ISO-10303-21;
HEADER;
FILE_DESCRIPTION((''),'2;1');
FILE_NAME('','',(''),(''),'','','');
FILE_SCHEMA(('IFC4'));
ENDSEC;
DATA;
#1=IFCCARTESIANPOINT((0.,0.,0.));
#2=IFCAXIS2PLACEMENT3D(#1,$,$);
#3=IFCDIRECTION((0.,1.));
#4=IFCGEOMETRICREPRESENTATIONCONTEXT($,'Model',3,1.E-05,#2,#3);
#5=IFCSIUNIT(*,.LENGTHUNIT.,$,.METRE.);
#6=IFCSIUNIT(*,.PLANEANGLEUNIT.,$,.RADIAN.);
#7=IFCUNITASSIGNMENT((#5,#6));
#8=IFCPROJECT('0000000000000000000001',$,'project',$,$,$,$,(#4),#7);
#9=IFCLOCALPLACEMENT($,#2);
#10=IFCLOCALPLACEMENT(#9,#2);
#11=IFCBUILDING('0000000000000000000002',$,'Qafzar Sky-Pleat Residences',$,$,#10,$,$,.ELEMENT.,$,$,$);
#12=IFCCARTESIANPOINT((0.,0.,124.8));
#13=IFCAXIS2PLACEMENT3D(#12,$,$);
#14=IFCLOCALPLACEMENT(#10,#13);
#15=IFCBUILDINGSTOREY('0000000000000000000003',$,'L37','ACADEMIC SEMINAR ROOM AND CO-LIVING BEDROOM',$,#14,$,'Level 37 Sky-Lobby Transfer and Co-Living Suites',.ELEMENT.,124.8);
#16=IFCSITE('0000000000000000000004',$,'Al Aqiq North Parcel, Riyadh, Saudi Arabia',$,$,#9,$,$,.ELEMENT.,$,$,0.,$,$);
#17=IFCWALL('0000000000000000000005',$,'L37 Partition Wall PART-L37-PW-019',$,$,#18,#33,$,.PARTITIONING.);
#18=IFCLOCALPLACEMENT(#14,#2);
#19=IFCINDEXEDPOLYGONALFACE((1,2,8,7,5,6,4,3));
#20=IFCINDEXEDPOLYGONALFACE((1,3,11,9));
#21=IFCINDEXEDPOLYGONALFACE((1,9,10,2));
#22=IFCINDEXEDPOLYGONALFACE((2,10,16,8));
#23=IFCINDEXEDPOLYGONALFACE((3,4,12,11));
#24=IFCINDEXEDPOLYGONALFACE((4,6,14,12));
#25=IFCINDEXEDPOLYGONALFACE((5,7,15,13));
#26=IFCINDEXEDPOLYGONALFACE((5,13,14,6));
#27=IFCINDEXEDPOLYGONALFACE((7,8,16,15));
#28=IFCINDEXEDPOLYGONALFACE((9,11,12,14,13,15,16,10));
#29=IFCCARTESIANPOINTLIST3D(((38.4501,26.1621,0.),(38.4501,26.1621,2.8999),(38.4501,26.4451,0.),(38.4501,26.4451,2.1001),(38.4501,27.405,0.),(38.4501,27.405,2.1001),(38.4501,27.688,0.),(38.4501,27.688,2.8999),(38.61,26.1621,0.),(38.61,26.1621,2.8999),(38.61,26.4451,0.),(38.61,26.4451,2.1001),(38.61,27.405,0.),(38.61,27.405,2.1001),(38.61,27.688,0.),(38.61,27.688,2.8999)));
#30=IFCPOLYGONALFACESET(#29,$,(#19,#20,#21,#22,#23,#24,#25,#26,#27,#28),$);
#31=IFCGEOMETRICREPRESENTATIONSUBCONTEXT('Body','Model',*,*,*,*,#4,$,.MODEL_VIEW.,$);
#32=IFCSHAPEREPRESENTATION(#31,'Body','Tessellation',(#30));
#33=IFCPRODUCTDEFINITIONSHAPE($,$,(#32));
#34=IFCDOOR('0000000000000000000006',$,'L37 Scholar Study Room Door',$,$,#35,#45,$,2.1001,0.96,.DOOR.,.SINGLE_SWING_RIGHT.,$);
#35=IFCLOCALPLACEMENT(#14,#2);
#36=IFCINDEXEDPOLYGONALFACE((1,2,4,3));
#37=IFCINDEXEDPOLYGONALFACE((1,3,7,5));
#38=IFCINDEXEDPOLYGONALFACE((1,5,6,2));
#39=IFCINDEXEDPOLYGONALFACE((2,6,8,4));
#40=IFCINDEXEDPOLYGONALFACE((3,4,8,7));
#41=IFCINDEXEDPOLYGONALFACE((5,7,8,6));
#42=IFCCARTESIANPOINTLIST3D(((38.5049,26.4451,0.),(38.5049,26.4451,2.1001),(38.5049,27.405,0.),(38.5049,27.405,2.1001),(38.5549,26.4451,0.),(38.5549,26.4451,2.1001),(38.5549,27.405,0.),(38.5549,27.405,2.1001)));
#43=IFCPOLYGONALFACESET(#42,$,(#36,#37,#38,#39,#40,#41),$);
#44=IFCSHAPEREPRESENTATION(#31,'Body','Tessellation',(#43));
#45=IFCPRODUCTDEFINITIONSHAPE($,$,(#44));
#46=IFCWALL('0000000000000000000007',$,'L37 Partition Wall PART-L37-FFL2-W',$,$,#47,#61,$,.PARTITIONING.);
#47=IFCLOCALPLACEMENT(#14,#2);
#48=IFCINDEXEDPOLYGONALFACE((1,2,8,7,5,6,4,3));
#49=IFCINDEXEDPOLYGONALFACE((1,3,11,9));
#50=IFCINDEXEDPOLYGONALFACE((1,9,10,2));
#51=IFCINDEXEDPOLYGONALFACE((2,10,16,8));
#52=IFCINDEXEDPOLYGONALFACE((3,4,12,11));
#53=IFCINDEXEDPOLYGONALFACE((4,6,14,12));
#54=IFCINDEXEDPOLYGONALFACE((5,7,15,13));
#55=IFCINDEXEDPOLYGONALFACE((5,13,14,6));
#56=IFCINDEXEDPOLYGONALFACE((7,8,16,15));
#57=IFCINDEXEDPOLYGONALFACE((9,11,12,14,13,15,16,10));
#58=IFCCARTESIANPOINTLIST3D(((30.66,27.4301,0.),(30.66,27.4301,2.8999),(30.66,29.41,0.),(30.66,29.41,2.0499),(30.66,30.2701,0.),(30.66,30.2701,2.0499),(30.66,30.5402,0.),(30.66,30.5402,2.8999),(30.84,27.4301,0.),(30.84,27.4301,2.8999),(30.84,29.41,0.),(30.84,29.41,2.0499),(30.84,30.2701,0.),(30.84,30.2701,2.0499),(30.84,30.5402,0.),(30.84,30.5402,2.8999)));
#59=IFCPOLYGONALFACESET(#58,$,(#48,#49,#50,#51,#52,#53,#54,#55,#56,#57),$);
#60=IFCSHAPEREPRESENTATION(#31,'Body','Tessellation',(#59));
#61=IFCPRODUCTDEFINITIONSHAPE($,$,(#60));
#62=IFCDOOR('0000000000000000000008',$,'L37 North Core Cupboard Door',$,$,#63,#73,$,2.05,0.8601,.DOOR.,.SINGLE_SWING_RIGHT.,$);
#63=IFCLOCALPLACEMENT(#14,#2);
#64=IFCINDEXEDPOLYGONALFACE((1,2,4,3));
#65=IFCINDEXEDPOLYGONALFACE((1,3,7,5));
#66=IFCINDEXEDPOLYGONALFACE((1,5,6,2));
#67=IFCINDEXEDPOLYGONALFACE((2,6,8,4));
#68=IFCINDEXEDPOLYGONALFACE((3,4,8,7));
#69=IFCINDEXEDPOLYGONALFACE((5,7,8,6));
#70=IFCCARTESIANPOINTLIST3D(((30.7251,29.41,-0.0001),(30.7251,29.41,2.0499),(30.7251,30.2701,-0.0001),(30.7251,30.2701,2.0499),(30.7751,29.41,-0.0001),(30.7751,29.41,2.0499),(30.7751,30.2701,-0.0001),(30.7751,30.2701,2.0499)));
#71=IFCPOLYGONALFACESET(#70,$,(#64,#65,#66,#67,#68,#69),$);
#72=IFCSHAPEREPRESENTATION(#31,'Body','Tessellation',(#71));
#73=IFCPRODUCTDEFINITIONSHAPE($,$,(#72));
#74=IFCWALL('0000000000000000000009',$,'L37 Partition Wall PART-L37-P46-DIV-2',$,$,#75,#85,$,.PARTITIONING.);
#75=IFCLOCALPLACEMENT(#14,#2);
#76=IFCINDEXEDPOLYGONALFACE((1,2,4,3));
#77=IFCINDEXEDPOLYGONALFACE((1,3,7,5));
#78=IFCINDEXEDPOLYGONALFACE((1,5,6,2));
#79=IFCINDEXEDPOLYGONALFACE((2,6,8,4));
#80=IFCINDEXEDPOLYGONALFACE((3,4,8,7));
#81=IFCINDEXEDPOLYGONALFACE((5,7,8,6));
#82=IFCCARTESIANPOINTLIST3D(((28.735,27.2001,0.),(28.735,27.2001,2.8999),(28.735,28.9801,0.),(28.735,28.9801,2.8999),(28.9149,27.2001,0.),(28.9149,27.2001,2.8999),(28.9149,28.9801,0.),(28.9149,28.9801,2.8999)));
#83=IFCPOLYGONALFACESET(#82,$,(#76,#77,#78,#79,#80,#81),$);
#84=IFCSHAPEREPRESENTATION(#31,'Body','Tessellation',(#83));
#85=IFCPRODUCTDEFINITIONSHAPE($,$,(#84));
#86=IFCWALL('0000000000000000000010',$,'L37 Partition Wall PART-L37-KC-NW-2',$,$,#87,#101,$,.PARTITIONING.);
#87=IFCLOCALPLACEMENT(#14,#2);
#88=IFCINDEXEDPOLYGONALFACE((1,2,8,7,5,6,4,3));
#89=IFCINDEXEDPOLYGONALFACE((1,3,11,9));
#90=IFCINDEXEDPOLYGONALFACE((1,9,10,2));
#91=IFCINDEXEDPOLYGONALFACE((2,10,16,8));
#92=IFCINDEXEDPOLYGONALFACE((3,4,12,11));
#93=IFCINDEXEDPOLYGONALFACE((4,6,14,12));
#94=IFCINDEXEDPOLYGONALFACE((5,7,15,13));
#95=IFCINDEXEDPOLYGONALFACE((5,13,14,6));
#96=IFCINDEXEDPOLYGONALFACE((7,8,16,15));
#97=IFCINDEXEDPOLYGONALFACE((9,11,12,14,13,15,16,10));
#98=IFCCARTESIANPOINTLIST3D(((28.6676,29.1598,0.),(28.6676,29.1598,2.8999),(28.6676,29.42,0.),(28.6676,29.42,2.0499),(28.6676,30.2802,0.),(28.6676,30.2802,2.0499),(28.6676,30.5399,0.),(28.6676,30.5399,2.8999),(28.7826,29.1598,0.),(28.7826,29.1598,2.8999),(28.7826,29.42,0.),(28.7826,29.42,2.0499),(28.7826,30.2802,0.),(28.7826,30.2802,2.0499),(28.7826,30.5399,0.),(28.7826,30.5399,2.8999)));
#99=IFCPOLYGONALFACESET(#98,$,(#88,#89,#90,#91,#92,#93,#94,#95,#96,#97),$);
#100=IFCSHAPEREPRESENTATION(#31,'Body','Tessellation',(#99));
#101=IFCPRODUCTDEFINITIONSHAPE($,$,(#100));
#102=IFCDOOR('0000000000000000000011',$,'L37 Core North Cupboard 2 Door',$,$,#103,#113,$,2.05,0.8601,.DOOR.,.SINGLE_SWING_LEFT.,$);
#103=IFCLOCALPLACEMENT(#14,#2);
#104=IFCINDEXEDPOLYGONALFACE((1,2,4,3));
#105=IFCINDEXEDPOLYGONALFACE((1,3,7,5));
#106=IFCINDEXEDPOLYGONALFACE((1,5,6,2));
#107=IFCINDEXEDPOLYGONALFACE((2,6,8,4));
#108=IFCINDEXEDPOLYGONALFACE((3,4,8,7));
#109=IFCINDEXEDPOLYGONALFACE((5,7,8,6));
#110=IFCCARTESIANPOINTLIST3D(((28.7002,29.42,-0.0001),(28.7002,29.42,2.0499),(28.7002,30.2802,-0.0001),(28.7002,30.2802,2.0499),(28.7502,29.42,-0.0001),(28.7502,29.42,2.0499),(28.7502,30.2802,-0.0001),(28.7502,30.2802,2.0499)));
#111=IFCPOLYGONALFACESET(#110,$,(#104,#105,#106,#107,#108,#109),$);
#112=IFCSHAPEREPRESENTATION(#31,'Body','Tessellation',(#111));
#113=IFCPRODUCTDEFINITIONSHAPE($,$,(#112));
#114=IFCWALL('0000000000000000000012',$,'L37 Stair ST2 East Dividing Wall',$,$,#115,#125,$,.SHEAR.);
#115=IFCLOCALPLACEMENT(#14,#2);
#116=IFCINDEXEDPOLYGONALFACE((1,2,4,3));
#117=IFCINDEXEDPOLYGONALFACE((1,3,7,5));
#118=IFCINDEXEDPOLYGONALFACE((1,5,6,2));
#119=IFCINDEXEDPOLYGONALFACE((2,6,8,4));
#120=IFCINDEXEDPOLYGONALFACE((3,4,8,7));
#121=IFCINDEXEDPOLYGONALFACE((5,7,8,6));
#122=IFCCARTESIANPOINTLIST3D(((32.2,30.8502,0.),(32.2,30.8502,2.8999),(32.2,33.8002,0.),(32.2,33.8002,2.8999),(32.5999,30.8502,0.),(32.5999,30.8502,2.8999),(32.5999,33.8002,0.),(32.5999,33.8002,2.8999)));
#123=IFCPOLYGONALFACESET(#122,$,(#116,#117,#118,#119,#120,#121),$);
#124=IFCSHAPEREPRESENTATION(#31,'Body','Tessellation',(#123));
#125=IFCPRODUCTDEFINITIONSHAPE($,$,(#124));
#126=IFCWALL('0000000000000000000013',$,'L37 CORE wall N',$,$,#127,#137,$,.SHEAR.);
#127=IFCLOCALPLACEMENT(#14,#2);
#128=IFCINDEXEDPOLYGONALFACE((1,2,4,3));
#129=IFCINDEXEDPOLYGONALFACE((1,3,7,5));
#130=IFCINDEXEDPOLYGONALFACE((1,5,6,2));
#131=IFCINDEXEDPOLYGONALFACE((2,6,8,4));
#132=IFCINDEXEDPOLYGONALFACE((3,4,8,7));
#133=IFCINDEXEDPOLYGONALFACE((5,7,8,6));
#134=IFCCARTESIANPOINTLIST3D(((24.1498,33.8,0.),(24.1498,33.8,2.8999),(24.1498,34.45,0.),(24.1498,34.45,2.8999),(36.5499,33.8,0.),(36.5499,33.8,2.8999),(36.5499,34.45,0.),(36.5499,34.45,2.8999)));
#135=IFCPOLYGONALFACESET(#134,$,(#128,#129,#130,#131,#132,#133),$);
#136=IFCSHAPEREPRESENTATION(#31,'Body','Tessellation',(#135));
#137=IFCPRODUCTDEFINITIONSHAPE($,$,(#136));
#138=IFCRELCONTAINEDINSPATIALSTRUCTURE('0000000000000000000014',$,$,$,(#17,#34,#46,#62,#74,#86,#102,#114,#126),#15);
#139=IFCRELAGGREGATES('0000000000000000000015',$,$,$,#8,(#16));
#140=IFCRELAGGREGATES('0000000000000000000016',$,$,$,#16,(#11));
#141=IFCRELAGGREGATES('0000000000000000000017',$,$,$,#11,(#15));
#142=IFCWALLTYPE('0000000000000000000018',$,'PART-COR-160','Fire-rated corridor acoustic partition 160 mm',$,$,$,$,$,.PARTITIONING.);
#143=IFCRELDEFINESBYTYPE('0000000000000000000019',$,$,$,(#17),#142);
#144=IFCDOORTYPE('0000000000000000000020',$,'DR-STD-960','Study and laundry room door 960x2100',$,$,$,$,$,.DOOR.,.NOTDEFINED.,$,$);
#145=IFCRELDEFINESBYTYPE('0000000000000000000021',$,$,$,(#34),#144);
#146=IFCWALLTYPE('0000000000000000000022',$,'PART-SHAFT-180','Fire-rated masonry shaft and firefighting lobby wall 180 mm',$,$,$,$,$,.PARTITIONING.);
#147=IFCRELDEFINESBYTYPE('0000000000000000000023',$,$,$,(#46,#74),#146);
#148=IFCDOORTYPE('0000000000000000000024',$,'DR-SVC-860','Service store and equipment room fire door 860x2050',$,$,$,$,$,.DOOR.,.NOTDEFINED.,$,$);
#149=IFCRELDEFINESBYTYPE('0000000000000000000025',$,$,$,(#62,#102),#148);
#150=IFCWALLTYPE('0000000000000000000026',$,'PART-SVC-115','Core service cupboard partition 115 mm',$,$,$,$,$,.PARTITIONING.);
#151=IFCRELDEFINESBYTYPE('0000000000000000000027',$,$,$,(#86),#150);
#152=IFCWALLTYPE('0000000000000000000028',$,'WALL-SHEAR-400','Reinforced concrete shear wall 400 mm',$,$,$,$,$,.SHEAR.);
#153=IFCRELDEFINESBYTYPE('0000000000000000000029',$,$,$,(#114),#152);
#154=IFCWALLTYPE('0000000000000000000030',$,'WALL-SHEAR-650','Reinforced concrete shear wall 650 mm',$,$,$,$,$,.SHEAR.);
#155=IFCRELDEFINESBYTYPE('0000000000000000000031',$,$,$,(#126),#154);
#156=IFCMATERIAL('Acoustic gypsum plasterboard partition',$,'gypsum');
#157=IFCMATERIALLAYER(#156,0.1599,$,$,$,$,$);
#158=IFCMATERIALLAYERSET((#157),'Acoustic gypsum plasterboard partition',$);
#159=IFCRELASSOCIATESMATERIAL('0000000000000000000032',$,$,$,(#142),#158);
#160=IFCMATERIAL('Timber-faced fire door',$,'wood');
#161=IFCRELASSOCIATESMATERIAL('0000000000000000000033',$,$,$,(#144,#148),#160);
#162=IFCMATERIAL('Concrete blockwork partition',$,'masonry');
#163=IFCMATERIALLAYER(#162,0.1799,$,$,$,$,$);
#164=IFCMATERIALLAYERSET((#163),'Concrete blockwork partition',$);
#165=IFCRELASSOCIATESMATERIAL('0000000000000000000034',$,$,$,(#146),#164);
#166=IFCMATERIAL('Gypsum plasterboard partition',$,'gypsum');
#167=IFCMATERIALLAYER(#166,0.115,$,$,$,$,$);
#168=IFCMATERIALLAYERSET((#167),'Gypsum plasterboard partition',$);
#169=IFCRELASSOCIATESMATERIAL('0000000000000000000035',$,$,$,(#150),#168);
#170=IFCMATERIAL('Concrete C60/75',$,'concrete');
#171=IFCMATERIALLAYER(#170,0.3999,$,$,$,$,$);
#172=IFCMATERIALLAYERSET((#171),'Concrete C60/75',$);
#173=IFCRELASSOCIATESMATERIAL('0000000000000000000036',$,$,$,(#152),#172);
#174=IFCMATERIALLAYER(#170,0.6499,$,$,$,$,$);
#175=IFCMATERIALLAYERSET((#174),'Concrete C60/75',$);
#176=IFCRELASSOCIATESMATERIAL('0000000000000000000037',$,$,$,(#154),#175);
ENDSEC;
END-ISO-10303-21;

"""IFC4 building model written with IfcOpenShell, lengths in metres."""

from ifc_helpers import new_model, si_unit, direction, frame, frame_2d, origin, place, context, subcontext, project, spatial, rectangle, extrude, source, transform, mapped, material, layer, layer_set, type_object, element, fill, save


model = new_model("IFC4")

# Units and contexts
model_context = context("Model", 3, precision=1e-05, world=origin(), true_north=direction((0.0, 1.0)))
body_context = subcontext(model_context, "Body", "Model", "MODEL_VIEW")
ifc_project = project(units=[si_unit("LENGTHUNIT", "METRE"), si_unit("PLANEANGLEUNIT", "RADIAN")], contexts=[model_context])

# Site, building, storey
site_placement = place(None, origin())
site = spatial("IfcSite", under=ifc_project, at=site_placement, Name="Al Aqiq North Parcel, Riyadh, Saudi Arabia", CompositionType="ELEMENT", RefElevation=0.0)
building_placement = place(site_placement, origin())
building = spatial("IfcBuilding", under=site, at=building_placement, Name="Qafzar Sky-Pleat Residences", CompositionType="ELEMENT")
storey_placement = place(building_placement, frame((0.0, 0.0, 124.8)))
storey = spatial("IfcBuildingStorey", under=building, at=storey_placement, Name="L37", Description="ACADEMIC SEMINAR ROOM AND CO-LIVING BEDROOM", LongName="Level 37 Sky-Lobby Transfer and Co-Living Suites", CompositionType="ELEMENT", Elevation=124.8)

# Walls, openings, doors
ifc_material_1 = material(Name="Acoustic gypsum plasterboard partition", Category="gypsum")
ifc_layer_1 = layer(ifc_material_1, 0.1599)
ifc_layer_set_1 = layer_set([ifc_layer_1], Name="Acoustic gypsum plasterboard partition")
wall_type_1 = type_object("IfcWallType", Name="PART-COR-160", Description="Fire-rated corridor acoustic partition 160 mm", PredefinedType="PARTITIONING", material=ifc_layer_set_1)
ifc_material_2 = material(Name="Timber-faced fire door", Category="wood")
door_type_1 = type_object("IfcDoorType", Name="DR-STD-960", Description="Study and laundry room door 960x2100", OperationType="NOTDEFINED", PredefinedType="DOOR", material=ifc_material_2)
shared_shape_1 = source(origin(), body_context, "Body", "SweptSolid", [
    extrude(rectangle(XDim=0.96, YDim=2.1001, at=frame_2d((0.48, 1.05))), frame((0.0, 0.0249, 0.0), z_axis=(0.0, -1.0, 0.0), x_axis=(1.0, 0.0, 0.0)), (0.0, 0.0, 1.0), 0.05),
])
wall_1_placement = place(storey_placement, frame((38.53, 27.688, 0.0), z_axis=(0.0, 0.0, 1.0), x_axis=(0.0, -1.0, 0.0)))
wall_1 = element("IfcWall", 1, at=wall_1_placement, inside=storey, type_object=wall_type_1, Name="L37 Partition Wall PART-L37-PW-019", PredefinedType="PARTITIONING", context=body_context, shape_type="SweptSolid", body=[
    extrude(rectangle(XDim=1.5259, YDim=0.1599, at=frame_2d((0.7629, 0.0))), origin(), (0.0, 0.0, 1.0), 2.8999),
])
opening_1_placement = place(wall_1_placement, frame((0.283, 0.0, 0.0)))
opening_1 = element("IfcOpeningElement", 2, at=opening_1_placement, cuts=wall_1, PredefinedType="OPENING", context=body_context, shape_type="SweptSolid", body=[
    extrude(rectangle(XDim=0.96, YDim=2.1001, at=frame_2d((0.48, 1.05))), frame((0.0, 0.0898, 0.0), z_axis=(0.0, -1.0, 0.0), x_axis=(1.0, 0.0, 0.0)), (0.0, 0.0, 1.0), 0.1799),
])
door_1_placement = place(opening_1_placement, origin())
door_1 = element("IfcDoor", 3, at=door_1_placement, inside=storey, type_object=door_type_1, Name="L37 Scholar Study Room Door", OperationType="SINGLE_SWING_RIGHT", OverallHeight=2.1001, OverallWidth=0.96, PredefinedType="DOOR", context=body_context, shape_type="MappedRepresentation", body=[
    mapped(shared_shape_1, transform((0.0, 0.0, 0.0), x_axis=(1.0, 0.0, 0.0), y_axis=(0.0, 1.0, 0.0), z_axis=(0.0, 0.0, 1.0), scale=1.0)),
])
fill(opening_1, door_1)
ifc_material_3 = material(Name="Concrete blockwork partition", Category="masonry")
ifc_layer_2 = layer(ifc_material_3, 0.1799)
ifc_layer_set_2 = layer_set([ifc_layer_2], Name="Concrete blockwork partition")
wall_type_2 = type_object("IfcWallType", Name="PART-SHAFT-180", Description="Fire-rated masonry shaft and firefighting lobby wall 180 mm", PredefinedType="PARTITIONING", material=ifc_layer_set_2)
wall_2_placement = place(storey_placement, frame((30.75, 27.4299, 0.0), z_axis=(0.0, 0.0, 1.0), x_axis=(0.0, 1.0, 0.0)))
wall_2 = element("IfcWall", 4, at=wall_2_placement, inside=storey, type_object=wall_type_2, Name="L37 Partition Wall PART-L37-FFL2-W", PredefinedType="PARTITIONING", context=body_context, shape_type="SweptSolid", body=[
    extrude(rectangle(XDim=3.1101, YDim=0.1799, at=frame_2d((1.5552, 0.0))), origin(), (0.0, 0.0, 1.0), 2.8999),
])
opening_2_placement = place(wall_2_placement, frame((1.98, 0.0, 0.0)))
opening_2 = element("IfcOpeningElement", 5, at=opening_2_placement, cuts=wall_2, PredefinedType="OPENING", context=body_context, shape_type="SweptSolid", body=[
    extrude(rectangle(XDim=0.8601, YDim=2.05, at=frame_2d((0.4302, 1.0249))), frame((0.0, 0.1001, 0.0), z_axis=(0.0, -1.0, 0.0), x_axis=(1.0, 0.0, 0.0)), (0.0, 0.0, 1.0), 0.2),
])
door_type_2 = type_object("IfcDoorType", Name="DR-SVC-860", Description="Service store and equipment room fire door 860x2050", OperationType="NOTDEFINED", PredefinedType="DOOR", material=ifc_material_2)
shared_shape_2 = source(origin(), body_context, "Body", "SweptSolid", [
    extrude(rectangle(XDim=0.8601, YDim=2.05, at=frame_2d((0.4302, 1.0249))), frame((0.0, 0.0249, 0.0), z_axis=(0.0, -1.0, 0.0), x_axis=(1.0, 0.0, 0.0)), (0.0, 0.0, 1.0), 0.05),
])
door_2_placement = place(opening_2_placement, origin())
door_2 = element("IfcDoor", 6, at=door_2_placement, inside=storey, type_object=door_type_2, Name="L37 North Core Cupboard Door", OperationType="SINGLE_SWING_RIGHT", OverallHeight=2.05, OverallWidth=0.8601, PredefinedType="DOOR", context=body_context, shape_type="MappedRepresentation", body=[
    mapped(shared_shape_2, transform((0.0, 0.0, 0.0), x_axis=(1.0, 0.0, 0.0), y_axis=(0.0, 1.0, 0.0), z_axis=(0.0, 0.0, 1.0), scale=1.0)),
])
fill(opening_2, door_2)

# Wall
wall_3_placement = place(storey_placement, frame((28.825, 27.2, 0.0), z_axis=(0.0, 0.0, 1.0), x_axis=(0.0, 1.0, 0.0)))
element("IfcWall", 7, at=wall_3_placement, inside=storey, type_object=wall_type_2, Name="L37 Partition Wall PART-L37-P46-DIV-2", PredefinedType="PARTITIONING", context=body_context, shape_type="SweptSolid", body=[
    extrude(rectangle(XDim=1.78, YDim=0.1799, at=frame_2d((0.8901, 0.0))), origin(), (0.0, 0.0, 1.0), 2.8999),
])

# Wall, opening, door
ifc_material_4 = material(Name="Gypsum plasterboard partition", Category="gypsum")
ifc_layer_3 = layer(ifc_material_4, 0.115)
ifc_layer_set_3 = layer_set([ifc_layer_3], Name="Gypsum plasterboard partition")
wall_type_3 = type_object("IfcWallType", Name="PART-SVC-115", Description="Core service cupboard partition 115 mm", PredefinedType="PARTITIONING", material=ifc_layer_set_3)
wall_4_placement = place(storey_placement, frame((28.7251, 29.1599, 0.0), z_axis=(0.0, 0.0, 1.0), x_axis=(0.0, 1.0, 0.0)))
wall_4 = element("IfcWall", 8, at=wall_4_placement, inside=storey, type_object=wall_type_3, Name="L37 Partition Wall PART-L37-KC-NW-2", PredefinedType="PARTITIONING", context=body_context, shape_type="SweptSolid", body=[
    extrude(rectangle(XDim=1.3801, YDim=0.115, at=frame_2d((0.6899, 0.0))), origin(), (0.0, 0.0, 1.0), 2.8999),
])
opening_3_placement = place(wall_4_placement, frame((0.26, 0.0, 0.0)))
opening_3 = element("IfcOpeningElement", 9, at=opening_3_placement, cuts=wall_4, PredefinedType="OPENING", context=body_context, shape_type="SweptSolid", body=[
    extrude(rectangle(XDim=0.8601, YDim=2.05, at=frame_2d((0.4302, 1.0249))), frame((0.0, 0.0674, 0.0), z_axis=(0.0, -1.0, 0.0), x_axis=(1.0, 0.0, 0.0)), (0.0, 0.0, 1.0), 0.135),
])
door_3_placement = place(opening_3_placement, origin())
door_3 = element("IfcDoor", 10, at=door_3_placement, inside=storey, type_object=door_type_2, Name="L37 Core North Cupboard 2 Door", OperationType="SINGLE_SWING_LEFT", OverallHeight=2.05, OverallWidth=0.8601, PredefinedType="DOOR", context=body_context, shape_type="MappedRepresentation", body=[
    mapped(shared_shape_2, transform((0.0, 0.0, 0.0), x_axis=(1.0, 0.0, 0.0), y_axis=(0.0, 1.0, 0.0), z_axis=(0.0, 0.0, 1.0), scale=1.0)),
])
fill(opening_3, door_3)

# Walls
ifc_material_5 = material(Name="Concrete C60/75", Category="concrete")
ifc_layer_4 = layer(ifc_material_5, 0.3999)
ifc_layer_set_4 = layer_set([ifc_layer_4], Name="Concrete C60/75")
wall_type_4 = type_object("IfcWallType", Name="WALL-SHEAR-400", Description="Reinforced concrete shear wall 400 mm", PredefinedType="SHEAR", material=ifc_layer_set_4)
wall_5_placement = place(storey_placement, frame((32.3999, 30.8501, 0.0), z_axis=(0.0, 0.0, 1.0), x_axis=(0.0, 1.0, 0.0)))
element("IfcWall", 11, at=wall_5_placement, inside=storey, type_object=wall_type_4, Name="L37 Stair ST2 East Dividing Wall", PredefinedType="SHEAR", context=body_context, shape_type="SweptSolid", body=[
    extrude(rectangle(XDim=2.95, YDim=0.3999, at=frame_2d((1.4751, 0.0))), origin(), (0.0, 0.0, 1.0), 2.8999),
])
ifc_layer_5 = layer(ifc_material_5, 0.6499)
ifc_layer_set_5 = layer_set([ifc_layer_5], Name="Concrete C60/75")
wall_type_5 = type_object("IfcWallType", Name="WALL-SHEAR-650", Description="Reinforced concrete shear wall 650 mm", PredefinedType="SHEAR", material=ifc_layer_set_5)
wall_6_placement = place(storey_placement, frame((36.55, 34.125, 0.0), z_axis=(0.0, 0.0, 1.0), x_axis=(-1.0, 0.0, 0.0)))
element("IfcWall", 12, at=wall_6_placement, inside=storey, type_object=wall_type_5, Name="L37 CORE wall N", PredefinedType="SHEAR", context=body_context, shape_type="SweptSolid", body=[
    extrude(rectangle(XDim=12.4001, YDim=0.6499, at=frame_2d((6.2002, 0.0))), origin(), (0.0, 0.0, 1.0), 2.8999),
])

save(model, "model.ifc")
